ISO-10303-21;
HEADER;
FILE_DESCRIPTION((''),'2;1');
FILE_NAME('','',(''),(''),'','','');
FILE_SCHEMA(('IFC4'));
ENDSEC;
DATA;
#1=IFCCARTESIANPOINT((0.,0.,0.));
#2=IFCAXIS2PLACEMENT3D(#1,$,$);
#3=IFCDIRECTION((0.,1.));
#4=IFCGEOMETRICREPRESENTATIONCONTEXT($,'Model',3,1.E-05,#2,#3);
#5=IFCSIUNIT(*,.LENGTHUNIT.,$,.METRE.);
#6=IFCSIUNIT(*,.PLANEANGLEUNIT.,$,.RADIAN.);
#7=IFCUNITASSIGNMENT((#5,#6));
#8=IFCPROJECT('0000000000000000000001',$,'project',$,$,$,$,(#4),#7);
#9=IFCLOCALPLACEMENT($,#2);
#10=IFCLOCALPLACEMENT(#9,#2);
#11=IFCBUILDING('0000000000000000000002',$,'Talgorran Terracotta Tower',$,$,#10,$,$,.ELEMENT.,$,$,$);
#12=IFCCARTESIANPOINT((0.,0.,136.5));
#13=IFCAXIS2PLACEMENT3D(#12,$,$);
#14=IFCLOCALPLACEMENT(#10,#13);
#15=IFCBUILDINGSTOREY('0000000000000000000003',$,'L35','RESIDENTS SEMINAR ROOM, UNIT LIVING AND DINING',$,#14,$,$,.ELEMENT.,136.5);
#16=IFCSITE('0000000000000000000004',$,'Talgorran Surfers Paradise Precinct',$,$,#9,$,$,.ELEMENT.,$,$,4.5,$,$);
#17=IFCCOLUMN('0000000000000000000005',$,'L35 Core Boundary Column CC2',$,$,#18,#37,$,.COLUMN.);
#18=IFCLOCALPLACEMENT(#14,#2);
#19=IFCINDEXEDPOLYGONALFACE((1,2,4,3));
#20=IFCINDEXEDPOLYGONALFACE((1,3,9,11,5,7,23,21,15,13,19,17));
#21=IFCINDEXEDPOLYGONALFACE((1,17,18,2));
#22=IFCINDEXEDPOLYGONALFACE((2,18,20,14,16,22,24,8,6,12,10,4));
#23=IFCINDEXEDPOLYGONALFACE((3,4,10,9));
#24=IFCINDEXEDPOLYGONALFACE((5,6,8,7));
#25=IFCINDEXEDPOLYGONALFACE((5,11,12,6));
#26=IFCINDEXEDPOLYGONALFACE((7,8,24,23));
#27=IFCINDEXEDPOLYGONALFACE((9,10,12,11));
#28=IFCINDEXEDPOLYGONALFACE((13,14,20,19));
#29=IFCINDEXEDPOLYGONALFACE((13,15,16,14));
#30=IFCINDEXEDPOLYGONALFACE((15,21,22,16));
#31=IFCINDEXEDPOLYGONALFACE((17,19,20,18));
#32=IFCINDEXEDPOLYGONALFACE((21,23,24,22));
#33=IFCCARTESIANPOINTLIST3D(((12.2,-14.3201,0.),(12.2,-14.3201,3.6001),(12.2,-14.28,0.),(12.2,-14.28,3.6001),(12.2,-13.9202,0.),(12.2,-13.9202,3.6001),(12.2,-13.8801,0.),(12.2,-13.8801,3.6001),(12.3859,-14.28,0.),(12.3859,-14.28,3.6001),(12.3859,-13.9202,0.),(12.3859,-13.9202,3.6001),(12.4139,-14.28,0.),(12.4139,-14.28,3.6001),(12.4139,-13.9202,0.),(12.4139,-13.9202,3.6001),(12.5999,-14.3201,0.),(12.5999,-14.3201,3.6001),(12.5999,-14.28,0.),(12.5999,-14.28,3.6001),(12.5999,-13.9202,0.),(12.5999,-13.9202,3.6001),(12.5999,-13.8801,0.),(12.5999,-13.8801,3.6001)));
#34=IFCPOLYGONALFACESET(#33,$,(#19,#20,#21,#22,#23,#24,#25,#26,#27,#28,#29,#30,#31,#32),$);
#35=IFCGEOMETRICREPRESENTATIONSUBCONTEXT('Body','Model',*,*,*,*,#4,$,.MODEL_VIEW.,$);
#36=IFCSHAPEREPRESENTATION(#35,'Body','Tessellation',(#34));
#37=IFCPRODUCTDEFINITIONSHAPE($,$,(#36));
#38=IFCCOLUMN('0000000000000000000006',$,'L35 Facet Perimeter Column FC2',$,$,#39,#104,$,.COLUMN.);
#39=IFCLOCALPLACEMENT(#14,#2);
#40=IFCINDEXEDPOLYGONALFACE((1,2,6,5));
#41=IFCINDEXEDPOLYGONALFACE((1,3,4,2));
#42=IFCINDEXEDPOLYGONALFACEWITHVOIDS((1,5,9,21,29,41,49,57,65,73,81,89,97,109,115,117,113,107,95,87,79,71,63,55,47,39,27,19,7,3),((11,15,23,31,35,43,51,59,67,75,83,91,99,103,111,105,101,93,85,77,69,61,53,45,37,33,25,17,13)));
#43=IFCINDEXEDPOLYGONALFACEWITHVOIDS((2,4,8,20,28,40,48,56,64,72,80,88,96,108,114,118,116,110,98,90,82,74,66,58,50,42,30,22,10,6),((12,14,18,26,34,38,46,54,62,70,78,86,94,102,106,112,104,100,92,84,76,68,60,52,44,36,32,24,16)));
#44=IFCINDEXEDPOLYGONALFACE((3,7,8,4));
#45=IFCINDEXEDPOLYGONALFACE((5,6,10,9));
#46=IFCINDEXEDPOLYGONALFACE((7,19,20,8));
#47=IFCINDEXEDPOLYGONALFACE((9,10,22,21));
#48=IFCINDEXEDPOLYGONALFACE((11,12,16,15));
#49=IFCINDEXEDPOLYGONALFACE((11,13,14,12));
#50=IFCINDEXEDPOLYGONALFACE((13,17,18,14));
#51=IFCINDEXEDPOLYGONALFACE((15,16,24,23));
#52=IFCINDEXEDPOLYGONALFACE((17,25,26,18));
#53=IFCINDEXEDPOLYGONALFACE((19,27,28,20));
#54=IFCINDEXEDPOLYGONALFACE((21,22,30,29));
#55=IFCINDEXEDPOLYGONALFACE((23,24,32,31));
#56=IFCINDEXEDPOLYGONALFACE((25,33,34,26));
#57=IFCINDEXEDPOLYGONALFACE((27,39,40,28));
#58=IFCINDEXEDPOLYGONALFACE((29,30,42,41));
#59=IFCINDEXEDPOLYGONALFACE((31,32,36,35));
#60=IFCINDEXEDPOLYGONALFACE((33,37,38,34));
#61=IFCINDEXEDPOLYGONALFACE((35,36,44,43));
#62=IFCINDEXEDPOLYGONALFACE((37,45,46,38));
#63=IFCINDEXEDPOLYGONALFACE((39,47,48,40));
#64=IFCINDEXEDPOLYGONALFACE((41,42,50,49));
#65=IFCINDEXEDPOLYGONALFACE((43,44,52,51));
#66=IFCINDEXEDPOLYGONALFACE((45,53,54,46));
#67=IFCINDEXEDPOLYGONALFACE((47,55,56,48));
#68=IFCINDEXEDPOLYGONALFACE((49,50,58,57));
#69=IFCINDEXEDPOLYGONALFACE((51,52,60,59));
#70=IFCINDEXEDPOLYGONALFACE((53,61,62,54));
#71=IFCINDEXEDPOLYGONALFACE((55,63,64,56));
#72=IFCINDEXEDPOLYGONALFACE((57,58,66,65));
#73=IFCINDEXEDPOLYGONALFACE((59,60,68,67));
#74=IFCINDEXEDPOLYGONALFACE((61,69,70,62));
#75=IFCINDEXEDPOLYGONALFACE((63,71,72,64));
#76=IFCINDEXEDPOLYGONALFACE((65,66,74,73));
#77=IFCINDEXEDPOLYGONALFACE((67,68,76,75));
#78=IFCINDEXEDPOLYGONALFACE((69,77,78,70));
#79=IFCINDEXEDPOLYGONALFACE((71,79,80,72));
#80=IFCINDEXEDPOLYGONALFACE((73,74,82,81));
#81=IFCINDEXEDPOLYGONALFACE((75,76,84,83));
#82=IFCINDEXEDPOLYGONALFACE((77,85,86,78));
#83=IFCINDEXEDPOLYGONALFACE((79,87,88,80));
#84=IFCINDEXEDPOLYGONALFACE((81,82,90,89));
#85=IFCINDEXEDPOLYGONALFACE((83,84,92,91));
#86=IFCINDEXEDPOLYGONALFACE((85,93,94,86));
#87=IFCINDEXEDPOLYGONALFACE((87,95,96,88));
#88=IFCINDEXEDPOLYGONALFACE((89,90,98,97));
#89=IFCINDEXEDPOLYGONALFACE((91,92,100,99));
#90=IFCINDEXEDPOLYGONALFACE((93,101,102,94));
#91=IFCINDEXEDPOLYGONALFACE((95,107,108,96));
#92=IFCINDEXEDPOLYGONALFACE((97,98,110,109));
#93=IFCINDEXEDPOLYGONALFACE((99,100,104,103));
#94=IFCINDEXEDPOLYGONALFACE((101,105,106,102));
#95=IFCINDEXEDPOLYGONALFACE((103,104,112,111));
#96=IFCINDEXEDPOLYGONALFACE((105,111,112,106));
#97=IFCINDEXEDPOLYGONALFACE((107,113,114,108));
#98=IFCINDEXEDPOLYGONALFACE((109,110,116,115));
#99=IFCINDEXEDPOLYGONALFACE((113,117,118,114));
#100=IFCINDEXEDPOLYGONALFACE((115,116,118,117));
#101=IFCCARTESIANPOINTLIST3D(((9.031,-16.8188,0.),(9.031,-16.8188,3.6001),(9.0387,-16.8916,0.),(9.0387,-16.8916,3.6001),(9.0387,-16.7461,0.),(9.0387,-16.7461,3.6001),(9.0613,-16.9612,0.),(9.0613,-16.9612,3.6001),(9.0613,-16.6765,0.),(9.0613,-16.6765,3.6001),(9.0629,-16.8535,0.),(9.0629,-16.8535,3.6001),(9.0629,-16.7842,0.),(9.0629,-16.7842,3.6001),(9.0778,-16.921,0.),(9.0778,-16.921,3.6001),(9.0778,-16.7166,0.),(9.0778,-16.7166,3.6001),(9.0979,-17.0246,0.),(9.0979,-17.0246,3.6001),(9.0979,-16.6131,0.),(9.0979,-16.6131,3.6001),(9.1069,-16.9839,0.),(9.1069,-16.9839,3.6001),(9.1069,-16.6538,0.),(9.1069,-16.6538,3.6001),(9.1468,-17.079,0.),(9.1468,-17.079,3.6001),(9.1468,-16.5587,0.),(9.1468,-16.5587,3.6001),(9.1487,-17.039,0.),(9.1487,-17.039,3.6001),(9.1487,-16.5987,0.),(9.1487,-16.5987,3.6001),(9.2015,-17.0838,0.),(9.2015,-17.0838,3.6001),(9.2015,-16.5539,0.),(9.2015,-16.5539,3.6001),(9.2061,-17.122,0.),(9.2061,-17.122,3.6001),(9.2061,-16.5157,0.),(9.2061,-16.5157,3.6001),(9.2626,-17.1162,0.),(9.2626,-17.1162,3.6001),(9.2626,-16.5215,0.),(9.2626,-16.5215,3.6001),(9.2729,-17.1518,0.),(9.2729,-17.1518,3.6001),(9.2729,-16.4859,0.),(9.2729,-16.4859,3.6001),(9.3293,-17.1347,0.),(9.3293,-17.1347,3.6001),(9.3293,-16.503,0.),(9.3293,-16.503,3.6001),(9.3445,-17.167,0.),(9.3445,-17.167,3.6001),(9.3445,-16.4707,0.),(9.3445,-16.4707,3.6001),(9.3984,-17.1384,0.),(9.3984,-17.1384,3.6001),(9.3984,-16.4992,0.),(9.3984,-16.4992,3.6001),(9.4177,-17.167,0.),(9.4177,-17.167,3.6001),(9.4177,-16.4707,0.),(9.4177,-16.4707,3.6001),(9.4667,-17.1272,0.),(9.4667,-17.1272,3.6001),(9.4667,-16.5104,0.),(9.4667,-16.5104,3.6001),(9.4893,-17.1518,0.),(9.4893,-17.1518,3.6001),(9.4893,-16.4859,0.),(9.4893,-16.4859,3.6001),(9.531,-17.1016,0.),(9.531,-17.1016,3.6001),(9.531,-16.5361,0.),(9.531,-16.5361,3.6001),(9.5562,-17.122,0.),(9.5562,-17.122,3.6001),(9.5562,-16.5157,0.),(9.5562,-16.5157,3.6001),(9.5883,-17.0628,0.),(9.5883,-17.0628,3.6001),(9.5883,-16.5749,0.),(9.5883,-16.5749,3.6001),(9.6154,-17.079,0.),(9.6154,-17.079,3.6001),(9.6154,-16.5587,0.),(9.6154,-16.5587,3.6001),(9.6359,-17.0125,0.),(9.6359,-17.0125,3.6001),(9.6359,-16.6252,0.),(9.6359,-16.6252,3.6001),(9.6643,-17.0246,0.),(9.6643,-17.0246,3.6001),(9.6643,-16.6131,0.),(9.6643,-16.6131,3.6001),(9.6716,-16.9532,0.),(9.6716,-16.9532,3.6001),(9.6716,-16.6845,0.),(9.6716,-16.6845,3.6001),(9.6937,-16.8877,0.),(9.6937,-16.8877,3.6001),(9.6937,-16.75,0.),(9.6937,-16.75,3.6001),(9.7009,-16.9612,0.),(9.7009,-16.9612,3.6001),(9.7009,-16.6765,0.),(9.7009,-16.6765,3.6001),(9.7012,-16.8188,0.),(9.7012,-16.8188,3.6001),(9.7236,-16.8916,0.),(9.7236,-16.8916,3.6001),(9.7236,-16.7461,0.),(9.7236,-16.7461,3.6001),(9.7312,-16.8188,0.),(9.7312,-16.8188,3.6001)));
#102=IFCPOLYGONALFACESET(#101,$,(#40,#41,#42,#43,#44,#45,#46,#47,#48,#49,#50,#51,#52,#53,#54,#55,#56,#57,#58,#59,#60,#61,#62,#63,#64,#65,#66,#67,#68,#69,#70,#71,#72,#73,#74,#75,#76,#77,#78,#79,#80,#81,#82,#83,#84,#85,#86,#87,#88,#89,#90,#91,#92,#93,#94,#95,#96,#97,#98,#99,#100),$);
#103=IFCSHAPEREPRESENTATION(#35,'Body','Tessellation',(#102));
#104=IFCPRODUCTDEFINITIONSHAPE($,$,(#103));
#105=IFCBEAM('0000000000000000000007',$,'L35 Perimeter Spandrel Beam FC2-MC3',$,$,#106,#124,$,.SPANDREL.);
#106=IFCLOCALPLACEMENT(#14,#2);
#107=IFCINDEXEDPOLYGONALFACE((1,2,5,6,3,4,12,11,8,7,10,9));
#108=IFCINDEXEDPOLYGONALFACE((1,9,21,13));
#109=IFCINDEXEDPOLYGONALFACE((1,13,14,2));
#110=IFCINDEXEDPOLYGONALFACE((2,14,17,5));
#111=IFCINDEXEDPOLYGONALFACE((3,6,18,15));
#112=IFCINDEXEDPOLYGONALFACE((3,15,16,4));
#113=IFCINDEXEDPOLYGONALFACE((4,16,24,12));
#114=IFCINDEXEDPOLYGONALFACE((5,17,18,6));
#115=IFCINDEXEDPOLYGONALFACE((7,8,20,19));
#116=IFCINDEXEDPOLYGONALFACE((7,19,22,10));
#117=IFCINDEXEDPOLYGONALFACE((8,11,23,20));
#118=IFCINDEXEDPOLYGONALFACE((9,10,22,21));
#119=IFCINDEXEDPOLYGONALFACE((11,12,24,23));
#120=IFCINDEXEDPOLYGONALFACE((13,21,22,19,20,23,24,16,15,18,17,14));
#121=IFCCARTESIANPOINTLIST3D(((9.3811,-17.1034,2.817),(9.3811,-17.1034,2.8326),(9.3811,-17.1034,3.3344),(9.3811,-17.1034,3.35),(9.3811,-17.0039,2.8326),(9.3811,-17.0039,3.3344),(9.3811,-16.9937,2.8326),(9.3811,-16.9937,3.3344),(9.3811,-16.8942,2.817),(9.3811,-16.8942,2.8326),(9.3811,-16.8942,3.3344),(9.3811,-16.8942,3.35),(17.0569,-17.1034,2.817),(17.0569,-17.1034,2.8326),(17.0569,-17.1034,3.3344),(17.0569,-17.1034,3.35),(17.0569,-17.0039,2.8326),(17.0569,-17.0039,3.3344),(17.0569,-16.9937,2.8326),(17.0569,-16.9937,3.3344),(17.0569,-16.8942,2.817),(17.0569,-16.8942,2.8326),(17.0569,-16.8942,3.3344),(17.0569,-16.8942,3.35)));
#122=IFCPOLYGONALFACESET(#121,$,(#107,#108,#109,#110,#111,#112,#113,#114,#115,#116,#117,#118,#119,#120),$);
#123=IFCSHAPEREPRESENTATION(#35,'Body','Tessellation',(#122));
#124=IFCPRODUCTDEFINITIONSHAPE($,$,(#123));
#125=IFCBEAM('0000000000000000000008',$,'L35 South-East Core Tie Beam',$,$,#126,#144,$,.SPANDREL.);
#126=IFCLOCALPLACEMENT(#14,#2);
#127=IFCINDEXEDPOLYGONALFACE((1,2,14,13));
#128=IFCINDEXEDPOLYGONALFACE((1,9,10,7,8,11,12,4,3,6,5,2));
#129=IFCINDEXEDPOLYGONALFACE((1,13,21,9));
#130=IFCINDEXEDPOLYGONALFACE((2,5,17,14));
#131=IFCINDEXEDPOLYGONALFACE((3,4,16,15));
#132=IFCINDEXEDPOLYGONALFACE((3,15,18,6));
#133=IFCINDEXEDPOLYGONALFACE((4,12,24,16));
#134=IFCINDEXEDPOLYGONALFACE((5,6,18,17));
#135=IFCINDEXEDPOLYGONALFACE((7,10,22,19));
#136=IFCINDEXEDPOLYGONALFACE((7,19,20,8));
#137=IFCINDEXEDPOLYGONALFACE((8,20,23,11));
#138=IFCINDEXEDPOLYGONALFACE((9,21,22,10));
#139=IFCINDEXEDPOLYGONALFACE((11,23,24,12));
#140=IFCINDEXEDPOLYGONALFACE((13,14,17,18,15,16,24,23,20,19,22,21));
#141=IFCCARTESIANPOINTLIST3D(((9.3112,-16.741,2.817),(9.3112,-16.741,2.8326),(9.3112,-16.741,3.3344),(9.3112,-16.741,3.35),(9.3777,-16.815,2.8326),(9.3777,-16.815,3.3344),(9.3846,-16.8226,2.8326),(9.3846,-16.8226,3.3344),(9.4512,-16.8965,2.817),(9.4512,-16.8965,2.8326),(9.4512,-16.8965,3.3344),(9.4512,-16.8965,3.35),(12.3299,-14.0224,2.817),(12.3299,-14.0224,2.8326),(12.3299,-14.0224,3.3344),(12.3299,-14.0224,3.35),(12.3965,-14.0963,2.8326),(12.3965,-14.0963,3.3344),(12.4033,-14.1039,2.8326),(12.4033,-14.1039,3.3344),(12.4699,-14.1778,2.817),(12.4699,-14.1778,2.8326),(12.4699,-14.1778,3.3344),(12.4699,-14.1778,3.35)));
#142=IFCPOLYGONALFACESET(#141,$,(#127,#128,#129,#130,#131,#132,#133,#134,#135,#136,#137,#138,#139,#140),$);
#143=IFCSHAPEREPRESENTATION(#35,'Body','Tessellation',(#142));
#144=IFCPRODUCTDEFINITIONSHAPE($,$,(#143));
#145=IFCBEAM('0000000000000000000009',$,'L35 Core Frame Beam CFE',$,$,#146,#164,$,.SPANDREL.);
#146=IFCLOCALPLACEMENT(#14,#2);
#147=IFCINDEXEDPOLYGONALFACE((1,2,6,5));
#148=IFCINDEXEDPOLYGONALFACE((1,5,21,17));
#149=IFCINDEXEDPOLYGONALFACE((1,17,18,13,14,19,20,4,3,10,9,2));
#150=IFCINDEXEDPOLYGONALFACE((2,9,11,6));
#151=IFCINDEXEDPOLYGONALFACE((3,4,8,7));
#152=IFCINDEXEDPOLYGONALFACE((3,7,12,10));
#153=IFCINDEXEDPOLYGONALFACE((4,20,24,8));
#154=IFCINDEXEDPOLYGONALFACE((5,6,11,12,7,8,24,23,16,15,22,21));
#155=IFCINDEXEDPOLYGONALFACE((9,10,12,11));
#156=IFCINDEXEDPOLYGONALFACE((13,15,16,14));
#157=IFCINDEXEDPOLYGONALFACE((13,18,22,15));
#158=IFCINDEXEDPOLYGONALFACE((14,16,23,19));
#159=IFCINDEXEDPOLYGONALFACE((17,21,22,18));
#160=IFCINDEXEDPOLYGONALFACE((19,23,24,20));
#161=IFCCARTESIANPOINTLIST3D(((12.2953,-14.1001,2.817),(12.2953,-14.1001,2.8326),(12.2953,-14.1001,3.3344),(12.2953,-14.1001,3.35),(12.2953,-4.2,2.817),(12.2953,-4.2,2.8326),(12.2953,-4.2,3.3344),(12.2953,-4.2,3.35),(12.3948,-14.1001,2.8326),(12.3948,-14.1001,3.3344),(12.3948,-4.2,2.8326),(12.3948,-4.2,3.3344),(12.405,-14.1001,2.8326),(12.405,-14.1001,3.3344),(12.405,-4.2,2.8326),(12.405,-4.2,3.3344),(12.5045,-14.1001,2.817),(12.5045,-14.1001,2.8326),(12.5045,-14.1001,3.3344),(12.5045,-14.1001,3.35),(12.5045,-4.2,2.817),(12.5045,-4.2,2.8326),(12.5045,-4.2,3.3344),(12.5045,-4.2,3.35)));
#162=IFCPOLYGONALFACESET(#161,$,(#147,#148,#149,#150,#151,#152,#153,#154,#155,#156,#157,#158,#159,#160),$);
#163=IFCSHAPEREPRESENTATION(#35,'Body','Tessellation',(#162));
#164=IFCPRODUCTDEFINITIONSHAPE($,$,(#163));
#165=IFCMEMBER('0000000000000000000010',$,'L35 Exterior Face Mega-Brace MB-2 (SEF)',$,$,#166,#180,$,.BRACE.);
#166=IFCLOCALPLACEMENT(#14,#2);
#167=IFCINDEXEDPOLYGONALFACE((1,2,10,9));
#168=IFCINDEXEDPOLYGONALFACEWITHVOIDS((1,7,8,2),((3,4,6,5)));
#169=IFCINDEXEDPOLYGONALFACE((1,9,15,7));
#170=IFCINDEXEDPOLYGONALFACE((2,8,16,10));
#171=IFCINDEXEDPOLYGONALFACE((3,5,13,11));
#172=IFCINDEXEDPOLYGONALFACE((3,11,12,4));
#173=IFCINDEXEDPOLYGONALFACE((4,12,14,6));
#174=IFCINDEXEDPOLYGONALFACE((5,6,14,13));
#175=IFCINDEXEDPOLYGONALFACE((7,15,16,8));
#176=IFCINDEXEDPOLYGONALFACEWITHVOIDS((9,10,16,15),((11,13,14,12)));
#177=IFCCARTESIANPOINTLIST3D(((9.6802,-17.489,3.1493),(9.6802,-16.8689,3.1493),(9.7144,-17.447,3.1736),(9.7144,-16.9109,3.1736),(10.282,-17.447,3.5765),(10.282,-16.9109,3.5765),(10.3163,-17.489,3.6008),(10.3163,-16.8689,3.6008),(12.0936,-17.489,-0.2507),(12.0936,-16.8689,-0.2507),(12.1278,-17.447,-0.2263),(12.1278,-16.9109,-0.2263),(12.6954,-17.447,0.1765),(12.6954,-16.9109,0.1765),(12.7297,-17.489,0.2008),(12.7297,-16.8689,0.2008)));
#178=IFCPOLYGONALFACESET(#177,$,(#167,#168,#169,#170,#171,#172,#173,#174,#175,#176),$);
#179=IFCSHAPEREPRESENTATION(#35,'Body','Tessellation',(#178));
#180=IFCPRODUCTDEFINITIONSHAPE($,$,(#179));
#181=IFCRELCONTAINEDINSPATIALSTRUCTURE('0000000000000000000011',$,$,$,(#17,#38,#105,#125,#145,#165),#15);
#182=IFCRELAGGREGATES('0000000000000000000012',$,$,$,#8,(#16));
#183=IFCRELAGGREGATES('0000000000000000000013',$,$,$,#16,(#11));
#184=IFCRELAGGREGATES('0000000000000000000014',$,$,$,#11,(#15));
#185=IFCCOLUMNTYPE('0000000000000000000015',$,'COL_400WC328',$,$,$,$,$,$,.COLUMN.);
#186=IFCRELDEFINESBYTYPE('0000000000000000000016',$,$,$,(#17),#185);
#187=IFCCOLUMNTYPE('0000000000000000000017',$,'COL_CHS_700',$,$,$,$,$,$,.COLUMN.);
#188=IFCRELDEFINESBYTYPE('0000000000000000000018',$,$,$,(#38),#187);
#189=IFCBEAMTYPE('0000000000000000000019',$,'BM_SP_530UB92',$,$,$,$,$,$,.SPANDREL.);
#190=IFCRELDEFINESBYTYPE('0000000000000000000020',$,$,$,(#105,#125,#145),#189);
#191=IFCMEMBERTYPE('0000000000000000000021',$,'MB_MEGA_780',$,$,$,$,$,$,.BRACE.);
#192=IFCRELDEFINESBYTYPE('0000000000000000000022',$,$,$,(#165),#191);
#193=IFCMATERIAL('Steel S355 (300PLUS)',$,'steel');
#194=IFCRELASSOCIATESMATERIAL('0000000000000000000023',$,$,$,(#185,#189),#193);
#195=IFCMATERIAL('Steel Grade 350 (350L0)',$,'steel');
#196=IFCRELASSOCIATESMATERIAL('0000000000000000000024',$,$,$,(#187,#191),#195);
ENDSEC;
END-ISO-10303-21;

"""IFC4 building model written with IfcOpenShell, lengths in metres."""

from ifc_helpers import new_model, si_unit, direction, frame, origin, origin_2d, place, context, subcontext, project, spatial, hollow_rectangle, hollow_circle, i_section, extrude, material, material_profile, profile_set, type_object, element, save


model = new_model("IFC4")

# Units and contexts
model_context = context("Model", 3, precision=1e-05, world=origin(), true_north=direction((0.0, 1.0)))
body_context = subcontext(model_context, "Body", "Model", "MODEL_VIEW")
ifc_project = project(units=[si_unit("LENGTHUNIT", "METRE"), si_unit("PLANEANGLEUNIT", "RADIAN")], contexts=[model_context])

# Site, building, storey
site_placement = place(None, origin())
site = spatial("IfcSite", under=ifc_project, at=site_placement, Name="Talgorran Surfers Paradise Precinct", CompositionType="ELEMENT", RefElevation=4.5)
building_placement = place(site_placement, origin())
building = spatial("IfcBuilding", under=site, at=building_placement, Name="Talgorran Terracotta Tower", CompositionType="ELEMENT")
storey_placement = place(building_placement, frame((0.0, 0.0, 136.5)))
storey = spatial("IfcBuildingStorey", under=building, at=storey_placement, Name="L35", Description="RESIDENTS SEMINAR ROOM, UNIT LIVING AND DINING", CompositionType="ELEMENT", Elevation=136.5)

# Columns
ifc_material_1 = material(Name="Steel S355 (300PLUS)", Category="steel")
ifc_material_profile_1 = material_profile(ifc_material_1, i_section(OverallWidth=0.3999, OverallDepth=0.4399, WebThickness=0.0281, FlangeThickness=0.04, at=origin_2d()), Name="400WC328")
ifc_profile_set_1 = profile_set([ifc_material_profile_1], Name="Steel S355 (300PLUS)")
column_type_1 = type_object("IfcColumnType", Name="COL_400WC328", PredefinedType="COLUMN", material=ifc_profile_set_1)
column_1_placement = place(storey_placement, frame((12.3999, -14.1001, 0.0), z_axis=(0.0, 0.0, 1.0), x_axis=(1.0, 0.0, 0.0)))
element("IfcColumn", 1, at=column_1_placement, inside=storey, type_object=column_type_1, Name="L35 Core Boundary Column CC2", PredefinedType="COLUMN", context=body_context, shape_type="SweptSolid", body=[
    extrude(i_section(OverallWidth=0.3999, OverallDepth=0.4399, WebThickness=0.0281, FlangeThickness=0.04, at=origin_2d()), origin(), (0.0, 0.0, 1.0), 3.6001),
])
ifc_material_2 = material(Name="Steel Grade 350 (350L0)", Category="steel")
ifc_material_profile_2 = material_profile(ifc_material_2, hollow_circle(Radius=0.3501, WallThickness=0.03, at=origin_2d()), Name="CHS700X30")
ifc_profile_set_2 = profile_set([ifc_material_profile_2], Name="Steel Grade 350 (350L0)")
column_type_2 = type_object("IfcColumnType", Name="COL_CHS_700", PredefinedType="COLUMN", material=ifc_profile_set_2)
column_2_placement = place(storey_placement, frame((9.3811, -16.8188, 0.0), z_axis=(0.0, 0.0, 1.0), x_axis=(1.0, 0.0, 0.0)))
element("IfcColumn", 2, at=column_2_placement, inside=storey, type_object=column_type_2, Name="L35 Facet Perimeter Column FC2", PredefinedType="COLUMN", context=body_context, shape_type="SweptSolid", body=[
    extrude(hollow_circle(Radius=0.3501, WallThickness=0.03, at=origin_2d()), origin(), (0.0, 0.0, 1.0), 3.6001),
])

# Beams
ifc_material_profile_3 = material_profile(ifc_material_1, i_section(OverallWidth=0.2092, OverallDepth=0.533, WebThickness=0.0103, FlangeThickness=0.0156, at=origin_2d()), Name="530UB92.4")
ifc_profile_set_3 = profile_set([ifc_material_profile_3], Name="Steel S355 (300PLUS)")
beam_type = type_object("IfcBeamType", Name="BM_SP_530UB92", PredefinedType="SPANDREL", material=ifc_profile_set_3)
beam_1_placement = place(storey_placement, frame((9.3811, -16.9988, 3.0835), z_axis=(1.0, 0.0, 0.0), x_axis=(0.0, 1.0, 0.0)))
element("IfcBeam", 3, at=beam_1_placement, inside=storey, type_object=beam_type, Name="L35 Perimeter Spandrel Beam FC2-MC3", PredefinedType="SPANDREL", context=body_context, shape_type="SweptSolid", body=[
    extrude(i_section(OverallWidth=0.2092, OverallDepth=0.533, WebThickness=0.0103, FlangeThickness=0.0156, at=origin_2d()), origin(), (0.0, 0.0, 1.0), 7.6758),
])
beam_2_placement = place(storey_placement, frame((12.3999, -14.1001, 3.0835), z_axis=(-0.74307, -0.669214, 0.0), x_axis=(0.669214, -0.74307, 0.0)))
element("IfcBeam", 4, at=beam_2_placement, inside=storey, type_object=beam_type, Name="L35 South-East Core Tie Beam", PredefinedType="SPANDREL", context=body_context, shape_type="SweptSolid", body=[
    extrude(i_section(OverallWidth=0.2092, OverallDepth=0.533, WebThickness=0.0103, FlangeThickness=0.0156, at=origin_2d()), origin(), (0.0, 0.0, 1.0), 4.0625),
])
beam_3_placement = place(storey_placement, frame((12.3999, -14.1001, 3.0835), z_axis=(0.0, 1.0, 0.0), x_axis=(-1.0, 0.0, 0.0)))
element("IfcBeam", 5, at=beam_3_placement, inside=storey, type_object=beam_type, Name="L35 Core Frame Beam CFE", PredefinedType="SPANDREL", context=body_context, shape_type="SweptSolid", body=[
    extrude(i_section(OverallWidth=0.2092, OverallDepth=0.533, WebThickness=0.0103, FlangeThickness=0.0156, at=origin_2d()), origin(), (0.0, 0.0, 1.0), 9.9001),
])

# Member
ifc_material_profile_4 = material_profile(ifc_material_2, hollow_rectangle(XDim=0.6201, YDim=0.78, WallThickness=0.042, at=origin_2d()), Name="WBOX780X620X42")
ifc_profile_set_4 = profile_set([ifc_material_profile_4], Name="Steel Grade 350 (350L0)")
member_type_1 = type_object("IfcMemberType", Name="MB_MEGA_780", PredefinedType="BRACE", material=ifc_profile_set_4)
member_1_placement = place(storey_placement, frame((12.4116, -17.179, -0.0249), z_axis=(-0.578826, 0.0, 0.815451), x_axis=(0.0, -1.0, 0.0)))
element("IfcMember", 6, at=member_1_placement, inside=storey, type_object=member_type_1, Name="L35 Exterior Face Mega-Brace MB-2 (SEF)", PredefinedType="BRACE", context=body_context, shape_type="SweptSolid", body=[
    extrude(hollow_rectangle(XDim=0.6201, YDim=0.78, WallThickness=0.042, at=origin_2d()), origin(), (0.0, 0.0, 1.0), 4.1694),
])

save(model, "model.ifc")
